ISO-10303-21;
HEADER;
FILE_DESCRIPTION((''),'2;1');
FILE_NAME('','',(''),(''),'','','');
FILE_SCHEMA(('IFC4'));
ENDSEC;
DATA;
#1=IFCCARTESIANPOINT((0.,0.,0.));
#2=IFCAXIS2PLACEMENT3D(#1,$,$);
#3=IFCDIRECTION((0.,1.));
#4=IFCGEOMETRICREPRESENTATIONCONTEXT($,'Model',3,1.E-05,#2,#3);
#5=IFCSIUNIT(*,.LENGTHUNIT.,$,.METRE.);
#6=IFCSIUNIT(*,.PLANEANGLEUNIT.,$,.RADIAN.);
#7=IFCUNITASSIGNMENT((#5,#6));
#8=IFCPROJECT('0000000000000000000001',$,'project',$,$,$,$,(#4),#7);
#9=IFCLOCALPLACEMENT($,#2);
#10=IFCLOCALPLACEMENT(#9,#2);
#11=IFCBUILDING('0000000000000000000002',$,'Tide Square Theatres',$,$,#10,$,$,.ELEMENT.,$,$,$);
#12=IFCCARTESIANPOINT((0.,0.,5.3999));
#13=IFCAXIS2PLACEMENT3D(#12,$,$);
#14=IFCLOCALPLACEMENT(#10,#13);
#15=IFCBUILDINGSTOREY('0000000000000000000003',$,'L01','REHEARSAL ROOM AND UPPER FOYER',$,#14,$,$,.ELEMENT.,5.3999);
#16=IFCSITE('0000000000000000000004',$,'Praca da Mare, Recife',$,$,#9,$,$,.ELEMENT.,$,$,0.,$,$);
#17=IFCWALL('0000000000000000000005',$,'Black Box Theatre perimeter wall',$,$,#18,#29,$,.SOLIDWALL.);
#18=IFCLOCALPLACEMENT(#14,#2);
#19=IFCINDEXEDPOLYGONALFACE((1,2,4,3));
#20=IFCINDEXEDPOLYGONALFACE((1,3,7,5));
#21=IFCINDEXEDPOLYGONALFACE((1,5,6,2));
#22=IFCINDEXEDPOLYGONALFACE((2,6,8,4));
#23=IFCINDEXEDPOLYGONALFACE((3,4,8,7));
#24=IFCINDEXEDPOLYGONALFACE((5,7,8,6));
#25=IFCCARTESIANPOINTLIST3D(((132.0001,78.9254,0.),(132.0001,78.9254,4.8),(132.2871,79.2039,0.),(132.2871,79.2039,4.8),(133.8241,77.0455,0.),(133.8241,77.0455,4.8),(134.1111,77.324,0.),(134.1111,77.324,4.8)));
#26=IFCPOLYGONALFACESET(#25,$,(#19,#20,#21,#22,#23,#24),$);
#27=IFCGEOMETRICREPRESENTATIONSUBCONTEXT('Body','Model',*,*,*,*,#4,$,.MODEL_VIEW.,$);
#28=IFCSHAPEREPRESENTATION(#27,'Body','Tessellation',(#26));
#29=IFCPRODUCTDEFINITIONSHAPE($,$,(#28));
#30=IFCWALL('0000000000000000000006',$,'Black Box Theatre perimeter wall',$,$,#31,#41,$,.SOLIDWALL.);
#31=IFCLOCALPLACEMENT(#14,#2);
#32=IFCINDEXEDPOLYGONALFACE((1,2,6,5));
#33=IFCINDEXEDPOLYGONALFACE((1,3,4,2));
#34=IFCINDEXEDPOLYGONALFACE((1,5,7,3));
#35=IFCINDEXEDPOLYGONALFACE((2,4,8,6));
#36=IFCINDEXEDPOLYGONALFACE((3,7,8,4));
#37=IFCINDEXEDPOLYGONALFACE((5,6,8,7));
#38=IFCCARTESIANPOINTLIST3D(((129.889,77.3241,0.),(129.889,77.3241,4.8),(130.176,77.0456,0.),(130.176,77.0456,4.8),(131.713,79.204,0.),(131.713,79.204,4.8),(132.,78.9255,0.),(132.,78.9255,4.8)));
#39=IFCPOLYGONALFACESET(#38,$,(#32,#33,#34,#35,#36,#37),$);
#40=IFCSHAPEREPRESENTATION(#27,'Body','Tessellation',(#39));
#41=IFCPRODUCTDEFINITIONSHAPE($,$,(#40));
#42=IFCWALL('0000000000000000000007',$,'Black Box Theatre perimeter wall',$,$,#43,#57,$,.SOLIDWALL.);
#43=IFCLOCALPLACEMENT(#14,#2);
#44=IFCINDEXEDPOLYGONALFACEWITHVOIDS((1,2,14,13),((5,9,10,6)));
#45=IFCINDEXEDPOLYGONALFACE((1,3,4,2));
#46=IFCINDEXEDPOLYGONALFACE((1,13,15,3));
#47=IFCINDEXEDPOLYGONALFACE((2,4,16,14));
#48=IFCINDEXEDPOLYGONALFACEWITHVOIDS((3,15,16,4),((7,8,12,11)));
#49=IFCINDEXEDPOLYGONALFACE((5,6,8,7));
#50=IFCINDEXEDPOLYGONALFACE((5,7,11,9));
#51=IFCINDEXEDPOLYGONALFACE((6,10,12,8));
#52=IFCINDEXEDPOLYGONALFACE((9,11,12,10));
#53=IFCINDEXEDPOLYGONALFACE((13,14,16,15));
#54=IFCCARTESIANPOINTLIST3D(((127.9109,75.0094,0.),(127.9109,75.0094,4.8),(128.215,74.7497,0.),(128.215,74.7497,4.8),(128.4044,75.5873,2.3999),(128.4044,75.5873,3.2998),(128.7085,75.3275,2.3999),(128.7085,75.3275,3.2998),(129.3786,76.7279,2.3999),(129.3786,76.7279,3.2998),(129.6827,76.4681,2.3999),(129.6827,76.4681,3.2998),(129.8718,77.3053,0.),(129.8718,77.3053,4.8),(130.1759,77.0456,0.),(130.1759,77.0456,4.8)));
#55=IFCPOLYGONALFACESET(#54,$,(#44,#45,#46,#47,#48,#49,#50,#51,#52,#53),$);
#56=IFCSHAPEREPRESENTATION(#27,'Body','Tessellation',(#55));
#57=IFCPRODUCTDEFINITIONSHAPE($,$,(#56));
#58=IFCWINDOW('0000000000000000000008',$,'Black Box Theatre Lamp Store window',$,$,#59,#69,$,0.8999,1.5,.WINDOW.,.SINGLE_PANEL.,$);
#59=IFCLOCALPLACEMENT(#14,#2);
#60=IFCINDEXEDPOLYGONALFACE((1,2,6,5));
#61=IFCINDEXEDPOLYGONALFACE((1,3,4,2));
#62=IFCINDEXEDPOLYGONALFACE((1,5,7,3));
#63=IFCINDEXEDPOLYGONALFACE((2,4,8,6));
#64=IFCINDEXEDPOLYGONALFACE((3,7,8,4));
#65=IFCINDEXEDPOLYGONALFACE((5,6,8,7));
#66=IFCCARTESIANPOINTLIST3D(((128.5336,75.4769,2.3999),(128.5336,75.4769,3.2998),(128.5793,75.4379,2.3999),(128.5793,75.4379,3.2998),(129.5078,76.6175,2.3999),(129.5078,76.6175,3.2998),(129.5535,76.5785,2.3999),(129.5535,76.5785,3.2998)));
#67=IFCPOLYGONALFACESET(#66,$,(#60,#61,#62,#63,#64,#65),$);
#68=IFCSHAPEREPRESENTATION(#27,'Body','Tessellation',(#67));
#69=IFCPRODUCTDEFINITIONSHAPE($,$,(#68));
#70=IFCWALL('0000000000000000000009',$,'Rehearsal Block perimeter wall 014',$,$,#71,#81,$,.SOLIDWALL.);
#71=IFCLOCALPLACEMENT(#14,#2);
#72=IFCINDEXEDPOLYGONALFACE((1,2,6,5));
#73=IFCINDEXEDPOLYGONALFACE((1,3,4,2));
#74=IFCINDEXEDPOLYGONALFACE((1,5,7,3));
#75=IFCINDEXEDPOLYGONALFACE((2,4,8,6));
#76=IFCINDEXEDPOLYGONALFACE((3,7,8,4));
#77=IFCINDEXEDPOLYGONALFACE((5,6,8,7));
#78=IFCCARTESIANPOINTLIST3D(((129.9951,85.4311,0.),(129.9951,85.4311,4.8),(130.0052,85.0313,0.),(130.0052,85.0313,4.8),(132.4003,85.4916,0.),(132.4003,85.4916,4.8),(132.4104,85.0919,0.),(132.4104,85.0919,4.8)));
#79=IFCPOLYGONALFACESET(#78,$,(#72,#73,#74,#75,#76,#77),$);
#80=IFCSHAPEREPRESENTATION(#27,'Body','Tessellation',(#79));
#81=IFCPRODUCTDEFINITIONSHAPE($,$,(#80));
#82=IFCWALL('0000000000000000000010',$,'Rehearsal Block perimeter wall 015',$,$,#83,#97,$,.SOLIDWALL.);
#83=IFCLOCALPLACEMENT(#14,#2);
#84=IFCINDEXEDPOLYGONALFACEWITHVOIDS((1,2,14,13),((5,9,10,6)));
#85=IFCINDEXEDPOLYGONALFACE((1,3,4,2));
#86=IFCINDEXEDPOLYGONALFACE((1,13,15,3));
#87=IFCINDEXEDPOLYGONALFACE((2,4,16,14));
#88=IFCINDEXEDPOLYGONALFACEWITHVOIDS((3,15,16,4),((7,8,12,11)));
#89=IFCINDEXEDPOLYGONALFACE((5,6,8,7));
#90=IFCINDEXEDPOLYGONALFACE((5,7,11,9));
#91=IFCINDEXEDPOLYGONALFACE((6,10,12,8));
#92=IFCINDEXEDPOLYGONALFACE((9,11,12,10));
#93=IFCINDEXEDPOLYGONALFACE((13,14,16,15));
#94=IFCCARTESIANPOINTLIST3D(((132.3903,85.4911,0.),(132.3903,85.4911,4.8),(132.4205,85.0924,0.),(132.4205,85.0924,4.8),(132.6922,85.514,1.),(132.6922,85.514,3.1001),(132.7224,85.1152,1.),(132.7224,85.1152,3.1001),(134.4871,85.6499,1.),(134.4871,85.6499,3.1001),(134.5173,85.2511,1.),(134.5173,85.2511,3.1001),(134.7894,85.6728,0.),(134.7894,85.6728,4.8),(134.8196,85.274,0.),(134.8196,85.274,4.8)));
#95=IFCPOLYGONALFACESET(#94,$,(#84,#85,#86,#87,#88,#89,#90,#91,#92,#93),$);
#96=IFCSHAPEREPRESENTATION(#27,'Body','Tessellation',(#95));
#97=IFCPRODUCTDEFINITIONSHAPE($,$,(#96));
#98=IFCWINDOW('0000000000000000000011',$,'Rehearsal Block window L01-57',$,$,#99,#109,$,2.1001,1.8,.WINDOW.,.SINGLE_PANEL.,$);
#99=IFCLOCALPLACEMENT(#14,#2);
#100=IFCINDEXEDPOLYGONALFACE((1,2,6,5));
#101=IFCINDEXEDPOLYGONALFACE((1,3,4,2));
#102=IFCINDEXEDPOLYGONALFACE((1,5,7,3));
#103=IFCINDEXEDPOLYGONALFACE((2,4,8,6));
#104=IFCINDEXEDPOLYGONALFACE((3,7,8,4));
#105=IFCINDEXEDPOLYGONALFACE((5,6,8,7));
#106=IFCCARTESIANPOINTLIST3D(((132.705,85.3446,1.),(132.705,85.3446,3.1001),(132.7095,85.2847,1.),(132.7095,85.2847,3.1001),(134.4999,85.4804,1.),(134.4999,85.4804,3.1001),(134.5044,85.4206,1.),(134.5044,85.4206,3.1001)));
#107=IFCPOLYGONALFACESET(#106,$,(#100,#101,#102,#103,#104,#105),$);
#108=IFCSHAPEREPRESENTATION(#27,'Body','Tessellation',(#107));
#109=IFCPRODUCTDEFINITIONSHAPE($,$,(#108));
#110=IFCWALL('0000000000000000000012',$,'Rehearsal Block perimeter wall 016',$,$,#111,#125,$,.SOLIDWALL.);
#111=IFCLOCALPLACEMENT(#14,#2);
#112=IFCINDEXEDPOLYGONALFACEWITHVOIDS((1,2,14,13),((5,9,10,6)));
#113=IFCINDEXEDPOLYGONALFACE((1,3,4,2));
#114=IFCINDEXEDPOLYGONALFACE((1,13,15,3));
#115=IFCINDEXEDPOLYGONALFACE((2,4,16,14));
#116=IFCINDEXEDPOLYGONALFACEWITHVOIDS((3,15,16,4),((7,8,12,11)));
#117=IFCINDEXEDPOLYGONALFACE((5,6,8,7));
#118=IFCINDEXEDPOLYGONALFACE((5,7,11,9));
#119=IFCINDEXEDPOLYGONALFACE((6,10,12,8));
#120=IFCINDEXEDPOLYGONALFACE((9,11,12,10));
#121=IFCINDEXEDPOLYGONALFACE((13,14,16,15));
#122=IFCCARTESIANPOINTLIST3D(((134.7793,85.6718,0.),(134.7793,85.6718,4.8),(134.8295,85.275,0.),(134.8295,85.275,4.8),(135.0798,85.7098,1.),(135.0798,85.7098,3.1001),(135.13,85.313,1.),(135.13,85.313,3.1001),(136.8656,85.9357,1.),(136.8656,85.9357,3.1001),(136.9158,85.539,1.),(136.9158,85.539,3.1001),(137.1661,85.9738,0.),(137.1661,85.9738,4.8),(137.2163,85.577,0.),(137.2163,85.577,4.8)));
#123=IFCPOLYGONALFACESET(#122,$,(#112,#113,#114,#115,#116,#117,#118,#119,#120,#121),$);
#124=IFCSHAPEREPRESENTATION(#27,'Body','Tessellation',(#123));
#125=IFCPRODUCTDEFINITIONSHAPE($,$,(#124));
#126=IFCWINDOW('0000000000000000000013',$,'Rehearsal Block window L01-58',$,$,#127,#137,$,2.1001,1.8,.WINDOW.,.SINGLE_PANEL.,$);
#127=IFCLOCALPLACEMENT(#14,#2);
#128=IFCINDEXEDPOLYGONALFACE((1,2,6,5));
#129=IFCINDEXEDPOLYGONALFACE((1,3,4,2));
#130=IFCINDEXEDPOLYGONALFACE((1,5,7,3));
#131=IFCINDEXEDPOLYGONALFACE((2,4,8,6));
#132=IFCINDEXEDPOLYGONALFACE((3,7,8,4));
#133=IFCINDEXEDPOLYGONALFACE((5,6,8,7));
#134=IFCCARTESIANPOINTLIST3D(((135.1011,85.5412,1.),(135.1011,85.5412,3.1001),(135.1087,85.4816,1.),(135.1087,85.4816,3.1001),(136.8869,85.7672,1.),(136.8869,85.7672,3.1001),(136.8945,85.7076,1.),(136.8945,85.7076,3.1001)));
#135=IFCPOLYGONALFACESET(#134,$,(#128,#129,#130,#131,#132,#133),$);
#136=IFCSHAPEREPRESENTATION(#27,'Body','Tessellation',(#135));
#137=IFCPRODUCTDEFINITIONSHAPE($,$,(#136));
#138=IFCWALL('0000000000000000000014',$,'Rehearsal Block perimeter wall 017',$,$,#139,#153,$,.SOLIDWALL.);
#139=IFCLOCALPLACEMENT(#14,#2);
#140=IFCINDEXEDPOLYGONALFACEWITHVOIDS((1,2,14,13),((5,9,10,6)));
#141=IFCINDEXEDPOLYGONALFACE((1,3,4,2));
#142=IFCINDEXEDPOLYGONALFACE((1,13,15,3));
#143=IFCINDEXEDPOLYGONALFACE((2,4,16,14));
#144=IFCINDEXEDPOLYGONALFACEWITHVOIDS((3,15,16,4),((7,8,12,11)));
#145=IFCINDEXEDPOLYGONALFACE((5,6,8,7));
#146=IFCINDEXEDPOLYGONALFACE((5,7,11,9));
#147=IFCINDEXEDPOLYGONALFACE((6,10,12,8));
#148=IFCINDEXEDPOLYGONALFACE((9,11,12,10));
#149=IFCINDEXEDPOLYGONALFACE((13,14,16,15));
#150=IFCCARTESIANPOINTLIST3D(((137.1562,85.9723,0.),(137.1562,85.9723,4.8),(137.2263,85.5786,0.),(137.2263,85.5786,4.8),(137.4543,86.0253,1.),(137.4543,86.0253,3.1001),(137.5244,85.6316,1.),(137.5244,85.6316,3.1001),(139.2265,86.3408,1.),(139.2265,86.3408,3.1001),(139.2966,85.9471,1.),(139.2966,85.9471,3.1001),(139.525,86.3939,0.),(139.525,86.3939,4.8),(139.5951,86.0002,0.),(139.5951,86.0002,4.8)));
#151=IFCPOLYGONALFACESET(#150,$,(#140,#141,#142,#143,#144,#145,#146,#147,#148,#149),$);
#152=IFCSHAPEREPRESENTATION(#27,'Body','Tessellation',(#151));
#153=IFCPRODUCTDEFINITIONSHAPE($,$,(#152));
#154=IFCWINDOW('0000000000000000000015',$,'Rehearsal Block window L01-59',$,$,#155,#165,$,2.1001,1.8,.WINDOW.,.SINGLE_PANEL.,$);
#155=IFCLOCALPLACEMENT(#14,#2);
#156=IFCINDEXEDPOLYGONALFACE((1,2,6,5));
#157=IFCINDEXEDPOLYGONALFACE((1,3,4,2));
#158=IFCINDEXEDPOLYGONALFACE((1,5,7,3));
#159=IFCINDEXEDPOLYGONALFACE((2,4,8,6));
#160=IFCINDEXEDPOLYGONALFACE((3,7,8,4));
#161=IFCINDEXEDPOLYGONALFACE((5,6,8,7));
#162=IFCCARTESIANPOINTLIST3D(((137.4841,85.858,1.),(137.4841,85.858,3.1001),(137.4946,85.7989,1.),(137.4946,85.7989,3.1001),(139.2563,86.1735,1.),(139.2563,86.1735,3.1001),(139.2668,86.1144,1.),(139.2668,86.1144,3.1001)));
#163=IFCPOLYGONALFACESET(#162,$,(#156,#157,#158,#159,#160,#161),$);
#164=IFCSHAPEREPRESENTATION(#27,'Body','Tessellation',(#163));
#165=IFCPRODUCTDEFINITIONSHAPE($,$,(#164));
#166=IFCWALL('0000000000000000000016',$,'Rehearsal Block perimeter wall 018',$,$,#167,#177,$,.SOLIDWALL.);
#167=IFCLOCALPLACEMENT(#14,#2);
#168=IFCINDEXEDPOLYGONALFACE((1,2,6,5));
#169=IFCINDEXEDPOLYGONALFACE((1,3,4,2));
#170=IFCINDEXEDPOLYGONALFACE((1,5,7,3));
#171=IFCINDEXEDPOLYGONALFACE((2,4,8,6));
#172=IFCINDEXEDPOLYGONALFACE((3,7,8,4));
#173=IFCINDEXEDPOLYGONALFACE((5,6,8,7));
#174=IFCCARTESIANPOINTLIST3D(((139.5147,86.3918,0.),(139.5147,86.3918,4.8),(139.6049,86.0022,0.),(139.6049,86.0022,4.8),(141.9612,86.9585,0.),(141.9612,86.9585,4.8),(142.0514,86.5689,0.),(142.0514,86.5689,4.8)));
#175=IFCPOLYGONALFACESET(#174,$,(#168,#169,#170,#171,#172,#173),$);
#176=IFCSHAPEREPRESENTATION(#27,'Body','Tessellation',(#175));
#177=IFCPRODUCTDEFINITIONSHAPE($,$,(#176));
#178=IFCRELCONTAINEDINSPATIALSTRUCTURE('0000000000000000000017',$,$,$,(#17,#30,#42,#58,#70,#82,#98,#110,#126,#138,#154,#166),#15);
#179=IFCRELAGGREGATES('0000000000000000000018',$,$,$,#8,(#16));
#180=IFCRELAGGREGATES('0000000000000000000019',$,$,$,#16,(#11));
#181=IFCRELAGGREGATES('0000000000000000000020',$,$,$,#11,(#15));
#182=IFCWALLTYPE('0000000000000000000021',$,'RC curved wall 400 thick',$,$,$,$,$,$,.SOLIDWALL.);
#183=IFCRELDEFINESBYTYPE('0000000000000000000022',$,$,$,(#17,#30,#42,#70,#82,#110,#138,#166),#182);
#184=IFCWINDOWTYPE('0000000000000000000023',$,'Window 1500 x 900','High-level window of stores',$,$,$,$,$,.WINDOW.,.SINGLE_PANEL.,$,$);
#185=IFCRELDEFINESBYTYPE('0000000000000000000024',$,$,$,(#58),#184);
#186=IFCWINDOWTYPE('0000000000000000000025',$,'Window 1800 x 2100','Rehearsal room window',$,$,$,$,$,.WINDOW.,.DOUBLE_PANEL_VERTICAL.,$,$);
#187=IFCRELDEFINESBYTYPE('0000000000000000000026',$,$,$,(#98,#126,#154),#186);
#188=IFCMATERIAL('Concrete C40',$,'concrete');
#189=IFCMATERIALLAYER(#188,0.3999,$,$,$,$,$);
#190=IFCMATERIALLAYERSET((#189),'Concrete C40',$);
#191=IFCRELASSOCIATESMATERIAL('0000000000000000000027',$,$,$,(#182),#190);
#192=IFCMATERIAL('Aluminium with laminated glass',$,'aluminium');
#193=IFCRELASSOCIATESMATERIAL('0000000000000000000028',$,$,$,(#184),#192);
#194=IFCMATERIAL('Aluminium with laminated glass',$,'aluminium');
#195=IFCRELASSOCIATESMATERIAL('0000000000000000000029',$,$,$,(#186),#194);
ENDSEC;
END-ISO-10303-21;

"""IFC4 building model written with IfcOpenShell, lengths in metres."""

from ifc_helpers import new_model, si_unit, direction, frame, frame_2d, origin, place, context, subcontext, project, spatial, rectangle, extrude, material, layer, layer_set, type_object, element, fill, save


model = new_model("IFC4")

# Units and contexts
model_context = context("Model", 3, precision=1e-05, world=origin(), true_north=direction((0.0, 1.0)))
body_context = subcontext(model_context, "Body", "Model", "MODEL_VIEW")
ifc_project = project(units=[si_unit("LENGTHUNIT", "METRE"), si_unit("PLANEANGLEUNIT", "RADIAN")], contexts=[model_context])

# Site, building, storey
site_placement = place(None, origin())
site = spatial("IfcSite", under=ifc_project, at=site_placement, Name="Praca da Mare, Recife", CompositionType="ELEMENT", RefElevation=0.0)
building_placement = place(site_placement, origin())
building = spatial("IfcBuilding", under=site, at=building_placement, Name="Tide Square Theatres", CompositionType="ELEMENT")
storey_placement = place(building_placement, frame((0.0, 0.0, 5.3999)))
storey = spatial("IfcBuildingStorey", under=building, at=storey_placement, Name="L01", Description="REHEARSAL ROOM AND UPPER FOYER", CompositionType="ELEMENT", Elevation=5.3999)

# Shared definitions
ifc_material_1 = material(Name="Concrete C40", Category="concrete")
ifc_layer_1 = layer(ifc_material_1, 0.3999)
ifc_layer_set_1 = layer_set([ifc_layer_1], Name="Concrete C40")
wall_type_1 = type_object("IfcWallType", Name="RC curved wall 400 thick", PredefinedType="SOLIDWALL", material=ifc_layer_set_1)
ifc_material_2 = material(Name="Aluminium with laminated glass", Category="aluminium")
window_type_1 = type_object("IfcWindowType", Name="Window 1500 x 900", Description="High-level window of stores", PartitioningType="SINGLE_PANEL", PredefinedType="WINDOW", material=ifc_material_2)

# Walls
for number, where, z_axis, x_axis, name in (
    (1, (133.9675, 77.1848, 0.0), (0.0, 0.0, 1.0), (-0.696354, 0.717699, 0.0), "Black Box Theatre perimeter wall"),
    (2, (131.8564, 79.0647, 0.0), (0.0, 0.0, 1.0), (-0.696354, -0.717699, 0.0), "Black Box Theatre perimeter wall"),
):
    element("IfcWall", number, at=place(storey_placement, frame(where, z_axis=z_axis, x_axis=x_axis)), inside=storey, type_object=wall_type_1, Name=name, PredefinedType="SOLIDWALL", context=body_context, shape_type="SweptSolid", body=[
        extrude(rectangle(XDim=2.6194, YDim=0.3999, at=frame_2d((1.3096, 0.0))), origin(), (0.0, 0.0, 1.0), 4.8),
    ])

# Wall, opening, window
wall_1_placement = place(storey_placement, frame((130.0239, 77.1755, 0.0), z_axis=(0.0, 0.0, 1.0), x_axis=(-0.649459, -0.760397, 0.0)))
wall_1 = element("IfcWall", 3, at=wall_1_placement, inside=storey, type_object=wall_type_1, Name="Black Box Theatre perimeter wall", PredefinedType="SOLIDWALL", context=body_context, shape_type="SweptSolid", body=[
    extrude(rectangle(XDim=3.0193, YDim=0.3999, at=frame_2d((1.5098, 0.0))), origin(), (0.0, 0.0, 1.0), 4.8),
])
opening_1_placement = place(wall_1_placement, frame((0.7595, 0.0, 2.3999)))
opening_1 = element("IfcOpeningElement", 4, at=opening_1_placement, cuts=wall_1, PredefinedType="OPENING", context=body_context, shape_type="SweptSolid", body=[
    extrude(rectangle(XDim=1.5, YDim=0.8999, at=frame_2d((0.75, 0.45))), frame((0.0, 0.21, 0.0), z_axis=(0.0, -1.0, 0.0), x_axis=(1.0, 0.0, 0.0)), (0.0, 0.0, 1.0), 0.4199),
])
window_1_placement = place(opening_1_placement, origin())
window_1 = element("IfcWindow", 5, at=window_1_placement, inside=storey, type_object=window_type_1, Name="Black Box Theatre Lamp Store window", OverallHeight=0.8999, OverallWidth=1.5, PartitioningType="SINGLE_PANEL", PredefinedType="WINDOW", context=body_context, shape_type="SweptSolid", body=[
    extrude(rectangle(XDim=1.5, YDim=0.8999, at=frame_2d((0.75, 0.45))), frame((0.0, 0.03, 0.0), z_axis=(0.0, -1.0, 0.0), x_axis=(1.0, 0.0, 0.0)), (0.0, 0.0, 1.0), 0.0601),
])
fill(opening_1, window_1)

# Wall
wall_2_placement = place(storey_placement, frame((130.0, 85.2312, 0.0), z_axis=(0.0, 0.0, 1.0), x_axis=(0.999683, 0.025165, 0.0)))
element("IfcWall", 6, at=wall_2_placement, inside=storey, type_object=wall_type_1, Name="Rehearsal Block perimeter wall 014", PredefinedType="SOLIDWALL", context=body_context, shape_type="SweptSolid", body=[
    extrude(rectangle(XDim=2.406, YDim=0.3999, at=frame_2d((1.2031, 0.0))), origin(), (0.0, 0.0, 1.0), 4.8),
])

# Walls, openings, windows
wall_3_placement = place(storey_placement, frame((132.4053, 85.2917, 0.0), z_axis=(0.0, 0.0, 1.0), x_axis=(0.997146, 0.075494, 0.0)))
wall_3 = element("IfcWall", 7, at=wall_3_placement, inside=storey, type_object=wall_type_1, Name="Rehearsal Block perimeter wall 015", PredefinedType="SOLIDWALL", context=body_context, shape_type="SweptSolid", body=[
    extrude(rectangle(XDim=2.406, YDim=0.3999, at=frame_2d((1.2031, 0.0))), origin(), (0.0, 0.0, 1.0), 4.8),
])
opening_2_placement = place(wall_3_placement, frame((0.303, 0.0, 1.0)))
opening_2 = element("IfcOpeningElement", 8, at=opening_2_placement, cuts=wall_3, PredefinedType="OPENING", context=body_context, shape_type="SweptSolid", body=[
    extrude(rectangle(XDim=1.8, YDim=2.1001, at=frame_2d((0.8999, 1.05))), frame((0.0, 0.21, 0.0), z_axis=(0.0, -1.0, 0.0), x_axis=(1.0, 0.0, 0.0)), (0.0, 0.0, 1.0), 0.4199),
])
ifc_material_3 = material(Name="Aluminium with laminated glass", Category="aluminium")
window_type_2 = type_object("IfcWindowType", Name="Window 1800 x 2100", Description="Rehearsal room window", PartitioningType="DOUBLE_PANEL_VERTICAL", PredefinedType="WINDOW", material=ifc_material_3)
window_2_placement = place(opening_2_placement, origin())
window_2 = element("IfcWindow", 9, at=window_2_placement, inside=storey, type_object=window_type_2, Name="Rehearsal Block window L01-57", OverallHeight=2.1001, OverallWidth=1.8, PartitioningType="SINGLE_PANEL", PredefinedType="WINDOW", context=body_context, shape_type="SweptSolid", body=[
    extrude(rectangle(XDim=1.8, YDim=2.1001, at=frame_2d((0.8999, 1.05))), frame((0.0, 0.03, 0.0), z_axis=(0.0, -1.0, 0.0), x_axis=(1.0, 0.0, 0.0)), (0.0, 0.0, 1.0), 0.0601),
])
fill(opening_2, window_2)
wall_4_placement = place(storey_placement, frame((134.8044, 85.4734, 0.0), z_axis=(0.0, 0.0, 1.0), x_axis=(0.992089, 0.125533, 0.0)))
wall_4 = element("IfcWall", 10, at=wall_4_placement, inside=storey, type_object=wall_type_1, Name="Rehearsal Block perimeter wall 016", PredefinedType="SOLIDWALL", context=body_context, shape_type="SweptSolid", body=[
    extrude(rectangle(XDim=2.4058, YDim=0.3999, at=frame_2d((1.2029, 0.0))), origin(), (0.0, 0.0, 1.0), 4.8),
])
opening_3_placement = place(wall_4_placement, frame((0.303, 0.0, 1.0)))
opening_3 = element("IfcOpeningElement", 11, at=opening_3_placement, cuts=wall_4, PredefinedType="OPENING", context=body_context, shape_type="SweptSolid", body=[
    extrude(rectangle(XDim=1.8, YDim=2.1001, at=frame_2d((0.8999, 1.05))), frame((0.0, 0.21, 0.0), z_axis=(0.0, -1.0, 0.0), x_axis=(1.0, 0.0, 0.0)), (0.0, 0.0, 1.0), 0.4199),
])
window_3_placement = place(opening_3_placement, origin())
window_3 = element("IfcWindow", 12, at=window_3_placement, inside=storey, type_object=window_type_2, Name="Rehearsal Block window L01-58", OverallHeight=2.1001, OverallWidth=1.8, PartitioningType="SINGLE_PANEL", PredefinedType="WINDOW", context=body_context, shape_type="SweptSolid", body=[
    extrude(rectangle(XDim=1.8, YDim=2.1001, at=frame_2d((0.8999, 1.05))), frame((0.0, 0.03, 0.0), z_axis=(0.0, -1.0, 0.0), x_axis=(1.0, 0.0, 0.0)), (0.0, 0.0, 1.0), 0.0601),
])
fill(opening_3, window_3)
wall_5_placement = place(storey_placement, frame((137.1912, 85.7754, 0.0), z_axis=(0.0, 0.0, 1.0), x_axis=(0.984524, 0.17525, 0.0)))
wall_5 = element("IfcWall", 13, at=wall_5_placement, inside=storey, type_object=wall_type_1, Name="Rehearsal Block perimeter wall 017", PredefinedType="SOLIDWALL", context=body_context, shape_type="SweptSolid", body=[
    extrude(rectangle(XDim=2.406, YDim=0.3999, at=frame_2d((1.2031, 0.0))), origin(), (0.0, 0.0, 1.0), 4.8),
])
opening_4_placement = place(wall_5_placement, frame((0.303, 0.0, 1.0)))
opening_4 = element("IfcOpeningElement", 14, at=opening_4_placement, cuts=wall_5, PredefinedType="OPENING", context=body_context, shape_type="SweptSolid", body=[
    extrude(rectangle(XDim=1.8, YDim=2.1001, at=frame_2d((0.8999, 1.05))), frame((0.0, 0.21, 0.0), z_axis=(0.0, -1.0, 0.0), x_axis=(1.0, 0.0, 0.0)), (0.0, 0.0, 1.0), 0.4199),
])
window_4_placement = place(opening_4_placement, origin())
window_4 = element("IfcWindow", 15, at=window_4_placement, inside=storey, type_object=window_type_2, Name="Rehearsal Block window L01-59", OverallHeight=2.1001, OverallWidth=1.8, PartitioningType="SINGLE_PANEL", PredefinedType="WINDOW", context=body_context, shape_type="SweptSolid", body=[
    extrude(rectangle(XDim=1.8, YDim=2.1001, at=frame_2d((0.8999, 1.05))), frame((0.0, 0.03, 0.0), z_axis=(0.0, -1.0, 0.0), x_axis=(1.0, 0.0, 0.0)), (0.0, 0.0, 1.0), 0.0601),
])
fill(opening_4, window_4)

# Wall
wall_6_placement = place(storey_placement, frame((139.5598, 86.197, 0.0), z_axis=(0.0, 0.0, 1.0), x_axis=(0.974211, 0.22564, 0.0)))
element("IfcWall", 16, at=wall_6_placement, inside=storey, type_object=wall_type_1, Name="Rehearsal Block perimeter wall 018", PredefinedType="SOLIDWALL", context=body_context, shape_type="SweptSolid", body=[
    extrude(rectangle(XDim=2.5112, YDim=0.3999, at=frame_2d((1.2556, 0.0))), origin(), (0.0, 0.0, 1.0), 4.8),
])

save(model, "model.ifc")
